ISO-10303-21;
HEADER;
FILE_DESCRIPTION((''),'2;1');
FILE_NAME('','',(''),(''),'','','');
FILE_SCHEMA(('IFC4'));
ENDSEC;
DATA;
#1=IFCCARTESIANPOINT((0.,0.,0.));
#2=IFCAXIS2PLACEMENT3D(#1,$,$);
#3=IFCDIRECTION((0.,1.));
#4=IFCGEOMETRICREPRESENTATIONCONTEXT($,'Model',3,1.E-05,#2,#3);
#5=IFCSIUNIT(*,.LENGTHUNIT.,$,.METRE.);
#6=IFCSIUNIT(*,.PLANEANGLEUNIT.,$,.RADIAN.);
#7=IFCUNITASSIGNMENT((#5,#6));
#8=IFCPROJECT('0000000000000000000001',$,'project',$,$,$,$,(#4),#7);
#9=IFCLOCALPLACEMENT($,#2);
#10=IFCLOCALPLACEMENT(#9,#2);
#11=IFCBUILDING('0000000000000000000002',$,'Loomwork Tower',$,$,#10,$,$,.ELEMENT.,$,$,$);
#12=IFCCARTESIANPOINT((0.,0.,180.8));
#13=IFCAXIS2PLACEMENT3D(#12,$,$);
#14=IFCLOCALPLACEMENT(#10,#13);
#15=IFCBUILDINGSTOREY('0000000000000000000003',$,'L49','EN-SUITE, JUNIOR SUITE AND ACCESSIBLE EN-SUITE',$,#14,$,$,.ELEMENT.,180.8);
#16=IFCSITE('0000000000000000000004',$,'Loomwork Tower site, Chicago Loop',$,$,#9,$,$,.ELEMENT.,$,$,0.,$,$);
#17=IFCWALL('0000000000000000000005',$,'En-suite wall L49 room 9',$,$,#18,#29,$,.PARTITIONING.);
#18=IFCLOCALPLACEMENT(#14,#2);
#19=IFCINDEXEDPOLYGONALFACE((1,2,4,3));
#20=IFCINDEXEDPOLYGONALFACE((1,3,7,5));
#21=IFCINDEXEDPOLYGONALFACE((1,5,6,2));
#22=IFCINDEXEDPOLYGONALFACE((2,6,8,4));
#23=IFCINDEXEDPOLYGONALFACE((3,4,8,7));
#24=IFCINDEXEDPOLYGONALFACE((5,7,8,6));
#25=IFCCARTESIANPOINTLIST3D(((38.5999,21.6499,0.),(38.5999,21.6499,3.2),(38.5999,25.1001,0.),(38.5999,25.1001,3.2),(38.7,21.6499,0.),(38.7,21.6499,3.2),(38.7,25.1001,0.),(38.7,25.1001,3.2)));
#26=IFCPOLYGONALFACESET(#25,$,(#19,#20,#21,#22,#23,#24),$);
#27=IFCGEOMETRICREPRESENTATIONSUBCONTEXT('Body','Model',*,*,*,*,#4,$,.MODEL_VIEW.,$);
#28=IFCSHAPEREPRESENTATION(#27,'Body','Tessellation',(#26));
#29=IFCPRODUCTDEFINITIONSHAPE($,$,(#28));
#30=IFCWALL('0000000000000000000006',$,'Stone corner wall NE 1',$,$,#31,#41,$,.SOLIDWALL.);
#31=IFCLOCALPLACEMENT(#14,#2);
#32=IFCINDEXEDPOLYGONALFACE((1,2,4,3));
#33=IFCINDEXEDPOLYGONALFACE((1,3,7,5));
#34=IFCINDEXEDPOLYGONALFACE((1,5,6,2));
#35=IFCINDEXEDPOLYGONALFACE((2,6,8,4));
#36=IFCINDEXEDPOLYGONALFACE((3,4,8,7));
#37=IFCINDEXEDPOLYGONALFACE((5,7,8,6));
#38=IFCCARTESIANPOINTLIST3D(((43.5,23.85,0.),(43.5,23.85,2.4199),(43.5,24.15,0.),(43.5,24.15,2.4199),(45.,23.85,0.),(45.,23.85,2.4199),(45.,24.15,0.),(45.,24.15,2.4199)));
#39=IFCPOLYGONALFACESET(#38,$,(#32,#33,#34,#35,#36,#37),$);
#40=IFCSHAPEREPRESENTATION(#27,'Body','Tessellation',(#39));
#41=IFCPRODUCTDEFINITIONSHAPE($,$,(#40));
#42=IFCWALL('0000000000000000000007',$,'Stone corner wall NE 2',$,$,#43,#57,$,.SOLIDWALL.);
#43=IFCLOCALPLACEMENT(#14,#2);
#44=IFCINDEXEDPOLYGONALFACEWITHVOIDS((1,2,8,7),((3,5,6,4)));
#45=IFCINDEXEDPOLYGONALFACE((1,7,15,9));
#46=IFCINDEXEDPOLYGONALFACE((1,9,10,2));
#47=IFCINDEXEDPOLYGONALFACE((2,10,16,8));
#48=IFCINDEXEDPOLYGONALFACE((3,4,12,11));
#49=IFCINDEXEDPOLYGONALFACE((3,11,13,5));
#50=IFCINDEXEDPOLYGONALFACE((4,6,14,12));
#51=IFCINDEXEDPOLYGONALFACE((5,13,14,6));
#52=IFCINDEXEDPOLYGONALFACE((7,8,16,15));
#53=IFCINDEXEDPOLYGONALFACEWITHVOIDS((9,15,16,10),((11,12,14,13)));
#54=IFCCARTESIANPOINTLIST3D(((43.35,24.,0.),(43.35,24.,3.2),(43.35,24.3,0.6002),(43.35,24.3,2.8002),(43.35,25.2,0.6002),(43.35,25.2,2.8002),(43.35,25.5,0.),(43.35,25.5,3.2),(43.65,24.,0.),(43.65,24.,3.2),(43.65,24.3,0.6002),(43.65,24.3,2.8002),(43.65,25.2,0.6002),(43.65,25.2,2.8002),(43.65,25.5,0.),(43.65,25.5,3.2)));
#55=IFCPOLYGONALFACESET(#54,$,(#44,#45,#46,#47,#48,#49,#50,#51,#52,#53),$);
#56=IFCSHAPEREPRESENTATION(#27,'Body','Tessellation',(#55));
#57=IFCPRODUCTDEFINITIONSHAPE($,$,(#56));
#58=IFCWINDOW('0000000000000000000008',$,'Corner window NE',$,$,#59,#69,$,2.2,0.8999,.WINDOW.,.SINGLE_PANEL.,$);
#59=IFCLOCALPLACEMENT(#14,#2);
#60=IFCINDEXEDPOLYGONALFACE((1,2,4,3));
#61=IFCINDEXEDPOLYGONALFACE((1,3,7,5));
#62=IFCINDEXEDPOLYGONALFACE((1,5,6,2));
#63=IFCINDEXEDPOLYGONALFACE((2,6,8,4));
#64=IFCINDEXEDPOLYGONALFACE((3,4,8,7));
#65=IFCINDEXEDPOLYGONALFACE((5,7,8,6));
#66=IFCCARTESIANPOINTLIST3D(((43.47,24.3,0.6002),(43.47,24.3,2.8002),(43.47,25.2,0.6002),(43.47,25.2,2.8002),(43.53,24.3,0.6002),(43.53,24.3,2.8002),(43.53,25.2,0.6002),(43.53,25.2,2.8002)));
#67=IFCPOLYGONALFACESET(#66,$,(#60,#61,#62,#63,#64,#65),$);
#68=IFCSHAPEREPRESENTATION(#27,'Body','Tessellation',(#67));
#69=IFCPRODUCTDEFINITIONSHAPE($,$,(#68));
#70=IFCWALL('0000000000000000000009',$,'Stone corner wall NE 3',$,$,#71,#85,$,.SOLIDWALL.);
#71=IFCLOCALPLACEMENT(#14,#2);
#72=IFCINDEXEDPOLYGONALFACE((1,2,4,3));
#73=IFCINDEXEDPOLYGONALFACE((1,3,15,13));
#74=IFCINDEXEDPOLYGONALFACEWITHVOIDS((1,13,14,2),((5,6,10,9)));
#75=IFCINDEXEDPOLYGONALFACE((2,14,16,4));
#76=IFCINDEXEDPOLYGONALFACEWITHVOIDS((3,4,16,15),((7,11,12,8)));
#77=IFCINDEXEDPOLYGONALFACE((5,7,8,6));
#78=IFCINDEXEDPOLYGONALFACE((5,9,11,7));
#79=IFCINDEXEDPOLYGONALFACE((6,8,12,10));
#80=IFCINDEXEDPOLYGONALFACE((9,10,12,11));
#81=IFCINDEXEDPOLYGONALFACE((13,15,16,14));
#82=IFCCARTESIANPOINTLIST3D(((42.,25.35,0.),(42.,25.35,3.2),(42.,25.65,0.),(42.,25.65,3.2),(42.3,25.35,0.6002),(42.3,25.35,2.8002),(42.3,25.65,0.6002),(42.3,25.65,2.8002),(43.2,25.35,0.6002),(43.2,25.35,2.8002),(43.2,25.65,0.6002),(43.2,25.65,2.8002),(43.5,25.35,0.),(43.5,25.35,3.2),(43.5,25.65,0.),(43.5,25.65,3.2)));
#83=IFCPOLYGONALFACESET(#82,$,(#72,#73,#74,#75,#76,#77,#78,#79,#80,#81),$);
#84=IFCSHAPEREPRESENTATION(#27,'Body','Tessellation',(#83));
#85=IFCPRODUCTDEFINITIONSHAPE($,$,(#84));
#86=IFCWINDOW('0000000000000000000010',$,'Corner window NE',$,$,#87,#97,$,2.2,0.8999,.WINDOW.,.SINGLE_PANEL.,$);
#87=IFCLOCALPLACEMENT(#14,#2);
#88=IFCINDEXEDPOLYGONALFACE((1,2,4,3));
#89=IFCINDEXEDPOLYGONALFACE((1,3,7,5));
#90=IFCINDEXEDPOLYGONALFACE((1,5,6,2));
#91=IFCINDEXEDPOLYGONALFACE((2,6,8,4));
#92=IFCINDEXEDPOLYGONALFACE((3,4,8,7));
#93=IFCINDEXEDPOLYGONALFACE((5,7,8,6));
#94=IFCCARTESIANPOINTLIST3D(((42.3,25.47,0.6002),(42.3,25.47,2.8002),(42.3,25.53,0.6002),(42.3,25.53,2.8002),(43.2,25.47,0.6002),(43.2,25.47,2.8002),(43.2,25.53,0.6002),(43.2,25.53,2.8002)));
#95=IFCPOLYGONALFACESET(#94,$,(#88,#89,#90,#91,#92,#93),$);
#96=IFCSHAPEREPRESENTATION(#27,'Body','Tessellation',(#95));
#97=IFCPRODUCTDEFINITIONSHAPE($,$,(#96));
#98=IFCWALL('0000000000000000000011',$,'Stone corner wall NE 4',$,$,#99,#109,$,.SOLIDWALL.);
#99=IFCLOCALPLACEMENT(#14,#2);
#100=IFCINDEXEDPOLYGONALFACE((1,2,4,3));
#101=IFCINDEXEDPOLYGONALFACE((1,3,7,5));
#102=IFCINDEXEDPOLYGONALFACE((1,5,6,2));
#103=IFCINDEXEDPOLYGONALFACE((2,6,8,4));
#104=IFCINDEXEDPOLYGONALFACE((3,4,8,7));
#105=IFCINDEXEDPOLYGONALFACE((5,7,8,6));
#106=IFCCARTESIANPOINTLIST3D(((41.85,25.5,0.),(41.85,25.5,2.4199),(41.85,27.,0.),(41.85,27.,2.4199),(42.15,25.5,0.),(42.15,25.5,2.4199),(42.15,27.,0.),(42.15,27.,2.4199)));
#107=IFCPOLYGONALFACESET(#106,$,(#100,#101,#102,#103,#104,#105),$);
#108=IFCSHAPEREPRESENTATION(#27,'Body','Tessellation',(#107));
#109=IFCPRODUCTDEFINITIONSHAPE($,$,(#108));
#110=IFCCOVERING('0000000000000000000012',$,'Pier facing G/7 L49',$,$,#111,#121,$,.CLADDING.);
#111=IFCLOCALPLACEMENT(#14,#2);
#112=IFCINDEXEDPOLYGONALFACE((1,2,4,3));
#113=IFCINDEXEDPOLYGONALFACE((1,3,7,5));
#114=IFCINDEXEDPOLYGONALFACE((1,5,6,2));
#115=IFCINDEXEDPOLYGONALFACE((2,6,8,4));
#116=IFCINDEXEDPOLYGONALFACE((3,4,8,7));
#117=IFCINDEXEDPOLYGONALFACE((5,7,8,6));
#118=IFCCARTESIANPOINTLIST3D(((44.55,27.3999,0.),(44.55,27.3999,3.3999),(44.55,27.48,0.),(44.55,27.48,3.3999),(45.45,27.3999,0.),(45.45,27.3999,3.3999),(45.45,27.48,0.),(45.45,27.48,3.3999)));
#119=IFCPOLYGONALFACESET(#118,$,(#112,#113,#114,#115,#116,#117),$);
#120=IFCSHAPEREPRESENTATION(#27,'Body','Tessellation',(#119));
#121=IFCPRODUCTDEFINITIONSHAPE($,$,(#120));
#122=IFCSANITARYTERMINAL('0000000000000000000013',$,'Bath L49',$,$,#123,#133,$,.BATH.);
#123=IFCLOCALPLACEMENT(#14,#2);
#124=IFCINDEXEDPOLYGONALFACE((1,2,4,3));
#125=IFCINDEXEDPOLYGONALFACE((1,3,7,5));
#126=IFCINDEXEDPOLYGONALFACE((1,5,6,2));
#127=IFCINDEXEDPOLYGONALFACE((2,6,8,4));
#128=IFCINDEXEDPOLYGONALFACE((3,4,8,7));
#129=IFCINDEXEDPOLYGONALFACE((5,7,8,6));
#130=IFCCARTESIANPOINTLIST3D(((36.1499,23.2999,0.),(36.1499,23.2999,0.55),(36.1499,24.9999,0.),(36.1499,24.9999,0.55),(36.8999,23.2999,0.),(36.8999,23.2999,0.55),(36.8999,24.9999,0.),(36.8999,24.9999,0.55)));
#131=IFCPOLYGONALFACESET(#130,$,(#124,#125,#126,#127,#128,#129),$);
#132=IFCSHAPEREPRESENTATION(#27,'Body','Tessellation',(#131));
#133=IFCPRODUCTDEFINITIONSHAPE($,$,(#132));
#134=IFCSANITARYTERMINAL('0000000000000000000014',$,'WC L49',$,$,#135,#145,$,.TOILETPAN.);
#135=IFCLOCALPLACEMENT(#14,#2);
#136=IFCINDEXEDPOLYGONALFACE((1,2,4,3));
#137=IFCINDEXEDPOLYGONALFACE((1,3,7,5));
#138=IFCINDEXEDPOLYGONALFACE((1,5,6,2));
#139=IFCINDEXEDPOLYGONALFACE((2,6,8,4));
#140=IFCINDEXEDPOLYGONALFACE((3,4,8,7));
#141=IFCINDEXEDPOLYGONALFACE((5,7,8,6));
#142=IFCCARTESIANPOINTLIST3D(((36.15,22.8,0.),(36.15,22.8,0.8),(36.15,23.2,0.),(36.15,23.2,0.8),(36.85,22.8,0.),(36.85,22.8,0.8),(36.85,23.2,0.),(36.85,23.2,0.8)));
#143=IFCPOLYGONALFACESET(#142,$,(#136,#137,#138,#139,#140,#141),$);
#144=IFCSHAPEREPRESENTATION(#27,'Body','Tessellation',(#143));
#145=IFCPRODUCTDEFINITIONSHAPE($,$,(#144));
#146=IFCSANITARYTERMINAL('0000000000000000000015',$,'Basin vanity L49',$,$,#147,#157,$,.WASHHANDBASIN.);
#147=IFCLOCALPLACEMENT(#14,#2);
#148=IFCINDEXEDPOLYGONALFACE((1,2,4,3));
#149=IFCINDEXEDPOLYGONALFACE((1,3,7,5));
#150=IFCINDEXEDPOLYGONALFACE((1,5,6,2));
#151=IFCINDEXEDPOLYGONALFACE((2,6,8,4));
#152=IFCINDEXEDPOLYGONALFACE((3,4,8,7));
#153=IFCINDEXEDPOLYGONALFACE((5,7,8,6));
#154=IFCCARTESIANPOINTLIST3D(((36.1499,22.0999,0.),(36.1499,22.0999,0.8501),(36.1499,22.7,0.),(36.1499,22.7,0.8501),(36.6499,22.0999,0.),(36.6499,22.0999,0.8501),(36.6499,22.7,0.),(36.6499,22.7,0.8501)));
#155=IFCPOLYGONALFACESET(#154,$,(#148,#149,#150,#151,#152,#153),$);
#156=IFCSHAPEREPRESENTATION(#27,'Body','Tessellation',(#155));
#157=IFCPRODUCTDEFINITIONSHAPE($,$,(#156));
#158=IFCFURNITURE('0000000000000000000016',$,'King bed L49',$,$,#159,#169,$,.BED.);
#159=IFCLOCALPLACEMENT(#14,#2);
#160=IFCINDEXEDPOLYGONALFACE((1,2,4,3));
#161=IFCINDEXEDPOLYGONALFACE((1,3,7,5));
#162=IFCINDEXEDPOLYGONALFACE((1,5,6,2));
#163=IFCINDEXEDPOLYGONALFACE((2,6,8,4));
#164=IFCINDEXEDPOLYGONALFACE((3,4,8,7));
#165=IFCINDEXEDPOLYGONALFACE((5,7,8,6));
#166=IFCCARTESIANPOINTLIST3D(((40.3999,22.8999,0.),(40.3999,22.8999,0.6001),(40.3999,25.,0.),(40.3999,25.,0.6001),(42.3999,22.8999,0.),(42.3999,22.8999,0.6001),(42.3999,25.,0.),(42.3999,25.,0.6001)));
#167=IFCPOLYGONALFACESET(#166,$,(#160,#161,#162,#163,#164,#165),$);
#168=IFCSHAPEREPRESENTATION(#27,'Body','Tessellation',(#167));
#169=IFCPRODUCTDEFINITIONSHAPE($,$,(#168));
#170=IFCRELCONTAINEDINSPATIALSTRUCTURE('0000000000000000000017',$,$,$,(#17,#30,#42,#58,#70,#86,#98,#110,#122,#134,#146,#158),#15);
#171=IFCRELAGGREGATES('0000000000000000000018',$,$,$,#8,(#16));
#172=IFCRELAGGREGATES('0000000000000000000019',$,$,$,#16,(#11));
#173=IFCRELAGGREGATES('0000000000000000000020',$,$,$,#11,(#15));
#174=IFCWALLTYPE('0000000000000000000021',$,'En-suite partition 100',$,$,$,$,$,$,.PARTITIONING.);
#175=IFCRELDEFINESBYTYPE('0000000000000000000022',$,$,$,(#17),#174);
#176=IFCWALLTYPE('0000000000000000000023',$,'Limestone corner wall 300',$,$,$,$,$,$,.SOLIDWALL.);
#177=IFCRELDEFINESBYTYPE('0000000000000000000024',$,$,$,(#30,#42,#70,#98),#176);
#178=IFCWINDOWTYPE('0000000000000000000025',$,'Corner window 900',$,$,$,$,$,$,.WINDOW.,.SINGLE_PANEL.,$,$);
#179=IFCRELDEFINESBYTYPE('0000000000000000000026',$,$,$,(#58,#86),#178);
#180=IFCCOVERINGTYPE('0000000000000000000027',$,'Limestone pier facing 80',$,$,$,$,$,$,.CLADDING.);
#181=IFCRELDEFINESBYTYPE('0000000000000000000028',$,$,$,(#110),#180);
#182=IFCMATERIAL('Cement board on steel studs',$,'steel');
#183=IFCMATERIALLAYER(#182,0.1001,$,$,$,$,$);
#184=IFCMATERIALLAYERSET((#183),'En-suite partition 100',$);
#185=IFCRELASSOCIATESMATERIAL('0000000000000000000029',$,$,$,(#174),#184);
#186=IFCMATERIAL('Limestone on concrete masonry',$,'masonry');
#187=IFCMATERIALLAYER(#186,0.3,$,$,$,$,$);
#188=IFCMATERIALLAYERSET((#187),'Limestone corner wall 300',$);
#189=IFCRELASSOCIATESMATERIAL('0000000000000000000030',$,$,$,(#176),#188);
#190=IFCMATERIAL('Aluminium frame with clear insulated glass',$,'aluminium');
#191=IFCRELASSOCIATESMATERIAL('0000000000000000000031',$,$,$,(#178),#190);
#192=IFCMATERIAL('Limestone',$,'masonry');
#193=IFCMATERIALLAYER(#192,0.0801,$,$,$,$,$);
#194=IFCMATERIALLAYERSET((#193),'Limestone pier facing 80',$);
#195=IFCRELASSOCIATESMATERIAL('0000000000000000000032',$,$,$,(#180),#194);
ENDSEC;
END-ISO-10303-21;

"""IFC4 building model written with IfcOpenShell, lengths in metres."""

from ifc_helpers import new_model, si_unit, direction, frame, frame_2d, origin, origin_2d, place, context, subcontext, project, spatial, rectangle, extrude, material, layer, layer_set, type_object, element, fill, save


model = new_model("IFC4")

# Units and contexts
model_context = context("Model", 3, precision=1e-05, world=origin(), true_north=direction((0.0, 1.0)))
body_context = subcontext(model_context, "Body", "Model", "MODEL_VIEW")
ifc_project = project(units=[si_unit("LENGTHUNIT", "METRE"), si_unit("PLANEANGLEUNIT", "RADIAN")], contexts=[model_context])

# Site, building, storey
site_placement = place(None, origin())
site = spatial("IfcSite", under=ifc_project, at=site_placement, Name="Loomwork Tower site, Chicago Loop", CompositionType="ELEMENT", RefElevation=0.0)
building_placement = place(site_placement, origin())
building = spatial("IfcBuilding", under=site, at=building_placement, Name="Loomwork Tower", CompositionType="ELEMENT")
storey_placement = place(building_placement, frame((0.0, 0.0, 180.8)))
storey = spatial("IfcBuildingStorey", under=building, at=storey_placement, Name="L49", Description="EN-SUITE, JUNIOR SUITE AND ACCESSIBLE EN-SUITE", CompositionType="ELEMENT", Elevation=180.8)

# Walls
ifc_material_1 = material(Name="Cement board on steel studs", Category="steel")
ifc_layer_1 = layer(ifc_material_1, 0.1001)
ifc_layer_set_1 = layer_set([ifc_layer_1], Name="En-suite partition 100")
wall_type_1 = type_object("IfcWallType", Name="En-suite partition 100", PredefinedType="PARTITIONING", material=ifc_layer_set_1)
wall_1_placement = place(storey_placement, frame((38.6499, 21.6499, 0.0), z_axis=(0.0, 0.0, 1.0), x_axis=(0.0, 1.0, 0.0)))
element("IfcWall", 1, at=wall_1_placement, inside=storey, type_object=wall_type_1, Name="En-suite wall L49 room 9", PredefinedType="PARTITIONING", context=body_context, shape_type="SweptSolid", body=[
    extrude(rectangle(XDim=3.4502, YDim=0.1001, at=frame_2d((1.7251, 0.0))), origin(), (0.0, 0.0, 1.0), 3.2),
])
ifc_material_2 = material(Name="Limestone on concrete masonry", Category="masonry")
ifc_layer_2 = layer(ifc_material_2, 0.3)
ifc_layer_set_2 = layer_set([ifc_layer_2], Name="Limestone corner wall 300")
wall_type_2 = type_object("IfcWallType", Name="Limestone corner wall 300", PredefinedType="SOLIDWALL", material=ifc_layer_set_2)
wall_2_placement = place(storey_placement, frame((45.0, 24.0, 0.0), z_axis=(0.0, 0.0, 1.0), x_axis=(-1.0, 0.0, 0.0)))
element("IfcWall", 2, at=wall_2_placement, inside=storey, type_object=wall_type_2, Name="Stone corner wall NE 1", PredefinedType="SOLIDWALL", context=body_context, shape_type="SweptSolid", body=[
    extrude(rectangle(XDim=1.5, YDim=0.3, at=frame_2d((0.75, 0.0))), origin(), (0.0, 0.0, 1.0), 2.4199),
])

# Walls, openings, windows
wall_3_placement = place(storey_placement, frame((43.5, 24.0, 0.0), z_axis=(0.0, 0.0, 1.0), x_axis=(0.0, 1.0, 0.0)))
wall_3 = element("IfcWall", 3, at=wall_3_placement, inside=storey, type_object=wall_type_2, Name="Stone corner wall NE 2", PredefinedType="SOLIDWALL", context=body_context, shape_type="SweptSolid", body=[
    extrude(rectangle(XDim=1.5, YDim=0.3, at=frame_2d((0.75, 0.0))), origin(), (0.0, 0.0, 1.0), 3.2),
])
opening_1_placement = place(wall_3_placement, frame((0.3, 0.0, 0.6001)))
opening_1 = element("IfcOpeningElement", 4, at=opening_1_placement, cuts=wall_3, PredefinedType="OPENING", context=body_context, shape_type="SweptSolid", body=[
    extrude(rectangle(XDim=0.8999, YDim=2.2, at=frame_2d((0.45, 1.1001))), frame((0.0, 0.1599, 0.0), z_axis=(0.0, -1.0, 0.0), x_axis=(1.0, 0.0, 0.0)), (0.0, 0.0, 1.0), 0.3201),
])
ifc_material_3 = material(Name="Aluminium frame with clear insulated glass", Category="aluminium")
window_type = type_object("IfcWindowType", Name="Corner window 900", PartitioningType="SINGLE_PANEL", PredefinedType="WINDOW", material=ifc_material_3)
window_1_placement = place(opening_1_placement, origin())
window_1 = element("IfcWindow", 5, at=window_1_placement, inside=storey, type_object=window_type, Name="Corner window NE", OverallHeight=2.2, OverallWidth=0.8999, PartitioningType="SINGLE_PANEL", PredefinedType="WINDOW", context=body_context, shape_type="SweptSolid", body=[
    extrude(rectangle(XDim=0.8999, YDim=2.2, at=frame_2d((0.45, 1.1001))), frame((0.0, 0.03, 0.0), z_axis=(0.0, -1.0, 0.0), x_axis=(1.0, 0.0, 0.0)), (0.0, 0.0, 1.0), 0.0601),
])
fill(opening_1, window_1)
wall_4_placement = place(storey_placement, frame((43.5, 25.5, 0.0), z_axis=(0.0, 0.0, 1.0), x_axis=(-1.0, 0.0, 0.0)))
wall_4 = element("IfcWall", 6, at=wall_4_placement, inside=storey, type_object=wall_type_2, Name="Stone corner wall NE 3", PredefinedType="SOLIDWALL", context=body_context, shape_type="SweptSolid", body=[
    extrude(rectangle(XDim=1.5, YDim=0.3, at=frame_2d((0.75, 0.0))), origin(), (0.0, 0.0, 1.0), 3.2),
])
opening_2_placement = place(wall_4_placement, frame((0.3, 0.0, 0.6001)))
opening_2 = element("IfcOpeningElement", 7, at=opening_2_placement, cuts=wall_4, PredefinedType="OPENING", context=body_context, shape_type="SweptSolid", body=[
    extrude(rectangle(XDim=0.8999, YDim=2.2, at=frame_2d((0.45, 1.1001))), frame((0.0, 0.1599, 0.0), z_axis=(0.0, -1.0, 0.0), x_axis=(1.0, 0.0, 0.0)), (0.0, 0.0, 1.0), 0.3201),
])
window_2_placement = place(opening_2_placement, origin())
window_2 = element("IfcWindow", 8, at=window_2_placement, inside=storey, type_object=window_type, Name="Corner window NE", OverallHeight=2.2, OverallWidth=0.8999, PartitioningType="SINGLE_PANEL", PredefinedType="WINDOW", context=body_context, shape_type="SweptSolid", body=[
    extrude(rectangle(XDim=0.8999, YDim=2.2, at=frame_2d((0.45, 1.1001))), frame((0.0, 0.03, 0.0), z_axis=(0.0, -1.0, 0.0), x_axis=(1.0, 0.0, 0.0)), (0.0, 0.0, 1.0), 0.0601),
])
fill(opening_2, window_2)

# Wall
wall_5_placement = place(storey_placement, frame((42.0, 25.5, 0.0), z_axis=(0.0, 0.0, 1.0), x_axis=(0.0, 1.0, 0.0)))
element("IfcWall", 9, at=wall_5_placement, inside=storey, type_object=wall_type_2, Name="Stone corner wall NE 4", PredefinedType="SOLIDWALL", context=body_context, shape_type="SweptSolid", body=[
    extrude(rectangle(XDim=1.5, YDim=0.3, at=frame_2d((0.75, 0.0))), origin(), (0.0, 0.0, 1.0), 2.4199),
])

# Covering
ifc_material_4 = material(Name="Limestone", Category="masonry")
ifc_layer_3 = layer(ifc_material_4, 0.0801)
ifc_layer_set_3 = layer_set([ifc_layer_3], Name="Limestone pier facing 80")
covering_type = type_object("IfcCoveringType", Name="Limestone pier facing 80", PredefinedType="CLADDING", material=ifc_layer_set_3)
covering_placement = place(storey_placement, frame((45.0, 27.4399, 0.0), z_axis=(0.0, 0.0, 1.0), x_axis=(1.0, 0.0, 0.0)))
element("IfcCovering", 10, at=covering_placement, inside=storey, type_object=covering_type, Name="Pier facing G/7 L49", PredefinedType="CLADDING", context=body_context, shape_type="SweptSolid", body=[
    extrude(rectangle(XDim=0.8999, YDim=0.0801, at=origin_2d()), origin(), (0.0, 0.0, 1.0), 3.3999),
])

# Sanitary terminals
sanitary_terminal_1_placement = place(storey_placement, frame((36.5249, 24.1499, 0.0), z_axis=(0.0, 0.0, 1.0), x_axis=(1.0, 0.0, 0.0)))
element("IfcSanitaryTerminal", 11, at=sanitary_terminal_1_placement, inside=storey, Name="Bath L49", PredefinedType="BATH", context=body_context, shape_type="SweptSolid", body=[
    extrude(rectangle(XDim=0.75, YDim=1.7, at=origin_2d()), origin(), (0.0, 0.0, 1.0), 0.55),
])
sanitary_terminal_2_placement = place(storey_placement, frame((36.5, 23.0, 0.0), z_axis=(0.0, 0.0, 1.0), x_axis=(1.0, 0.0, 0.0)))
element("IfcSanitaryTerminal", 12, at=sanitary_terminal_2_placement, inside=storey, Name="WC L49", PredefinedType="TOILETPAN", context=body_context, shape_type="SweptSolid", body=[
    extrude(rectangle(XDim=0.7, YDim=0.3999, at=origin_2d()), origin(), (0.0, 0.0, 1.0), 0.8),
])
sanitary_terminal_3_placement = place(storey_placement, frame((36.3999, 22.3999, 0.0), z_axis=(0.0, 0.0, 1.0), x_axis=(1.0, 0.0, 0.0)))
element("IfcSanitaryTerminal", 13, at=sanitary_terminal_3_placement, inside=storey, Name="Basin vanity L49", PredefinedType="WASHHANDBASIN", context=body_context, shape_type="SweptSolid", body=[
    extrude(rectangle(XDim=0.5, YDim=0.6001, at=origin_2d()), origin(), (0.0, 0.0, 1.0), 0.8501),
])

# Furniture
furniture_placement = place(storey_placement, frame((41.3999, 23.95, 0.0), z_axis=(0.0, 0.0, 1.0), x_axis=(1.0, 0.0, 0.0)))
element("IfcFurniture", 14, at=furniture_placement, inside=storey, Name="King bed L49", PredefinedType="BED", context=body_context, shape_type="SweptSolid", body=[
    extrude(rectangle(XDim=2.0, YDim=2.1001, at=origin_2d()), origin(), (0.0, 0.0, 1.0), 0.6001),
])

save(model, "model.ifc")
